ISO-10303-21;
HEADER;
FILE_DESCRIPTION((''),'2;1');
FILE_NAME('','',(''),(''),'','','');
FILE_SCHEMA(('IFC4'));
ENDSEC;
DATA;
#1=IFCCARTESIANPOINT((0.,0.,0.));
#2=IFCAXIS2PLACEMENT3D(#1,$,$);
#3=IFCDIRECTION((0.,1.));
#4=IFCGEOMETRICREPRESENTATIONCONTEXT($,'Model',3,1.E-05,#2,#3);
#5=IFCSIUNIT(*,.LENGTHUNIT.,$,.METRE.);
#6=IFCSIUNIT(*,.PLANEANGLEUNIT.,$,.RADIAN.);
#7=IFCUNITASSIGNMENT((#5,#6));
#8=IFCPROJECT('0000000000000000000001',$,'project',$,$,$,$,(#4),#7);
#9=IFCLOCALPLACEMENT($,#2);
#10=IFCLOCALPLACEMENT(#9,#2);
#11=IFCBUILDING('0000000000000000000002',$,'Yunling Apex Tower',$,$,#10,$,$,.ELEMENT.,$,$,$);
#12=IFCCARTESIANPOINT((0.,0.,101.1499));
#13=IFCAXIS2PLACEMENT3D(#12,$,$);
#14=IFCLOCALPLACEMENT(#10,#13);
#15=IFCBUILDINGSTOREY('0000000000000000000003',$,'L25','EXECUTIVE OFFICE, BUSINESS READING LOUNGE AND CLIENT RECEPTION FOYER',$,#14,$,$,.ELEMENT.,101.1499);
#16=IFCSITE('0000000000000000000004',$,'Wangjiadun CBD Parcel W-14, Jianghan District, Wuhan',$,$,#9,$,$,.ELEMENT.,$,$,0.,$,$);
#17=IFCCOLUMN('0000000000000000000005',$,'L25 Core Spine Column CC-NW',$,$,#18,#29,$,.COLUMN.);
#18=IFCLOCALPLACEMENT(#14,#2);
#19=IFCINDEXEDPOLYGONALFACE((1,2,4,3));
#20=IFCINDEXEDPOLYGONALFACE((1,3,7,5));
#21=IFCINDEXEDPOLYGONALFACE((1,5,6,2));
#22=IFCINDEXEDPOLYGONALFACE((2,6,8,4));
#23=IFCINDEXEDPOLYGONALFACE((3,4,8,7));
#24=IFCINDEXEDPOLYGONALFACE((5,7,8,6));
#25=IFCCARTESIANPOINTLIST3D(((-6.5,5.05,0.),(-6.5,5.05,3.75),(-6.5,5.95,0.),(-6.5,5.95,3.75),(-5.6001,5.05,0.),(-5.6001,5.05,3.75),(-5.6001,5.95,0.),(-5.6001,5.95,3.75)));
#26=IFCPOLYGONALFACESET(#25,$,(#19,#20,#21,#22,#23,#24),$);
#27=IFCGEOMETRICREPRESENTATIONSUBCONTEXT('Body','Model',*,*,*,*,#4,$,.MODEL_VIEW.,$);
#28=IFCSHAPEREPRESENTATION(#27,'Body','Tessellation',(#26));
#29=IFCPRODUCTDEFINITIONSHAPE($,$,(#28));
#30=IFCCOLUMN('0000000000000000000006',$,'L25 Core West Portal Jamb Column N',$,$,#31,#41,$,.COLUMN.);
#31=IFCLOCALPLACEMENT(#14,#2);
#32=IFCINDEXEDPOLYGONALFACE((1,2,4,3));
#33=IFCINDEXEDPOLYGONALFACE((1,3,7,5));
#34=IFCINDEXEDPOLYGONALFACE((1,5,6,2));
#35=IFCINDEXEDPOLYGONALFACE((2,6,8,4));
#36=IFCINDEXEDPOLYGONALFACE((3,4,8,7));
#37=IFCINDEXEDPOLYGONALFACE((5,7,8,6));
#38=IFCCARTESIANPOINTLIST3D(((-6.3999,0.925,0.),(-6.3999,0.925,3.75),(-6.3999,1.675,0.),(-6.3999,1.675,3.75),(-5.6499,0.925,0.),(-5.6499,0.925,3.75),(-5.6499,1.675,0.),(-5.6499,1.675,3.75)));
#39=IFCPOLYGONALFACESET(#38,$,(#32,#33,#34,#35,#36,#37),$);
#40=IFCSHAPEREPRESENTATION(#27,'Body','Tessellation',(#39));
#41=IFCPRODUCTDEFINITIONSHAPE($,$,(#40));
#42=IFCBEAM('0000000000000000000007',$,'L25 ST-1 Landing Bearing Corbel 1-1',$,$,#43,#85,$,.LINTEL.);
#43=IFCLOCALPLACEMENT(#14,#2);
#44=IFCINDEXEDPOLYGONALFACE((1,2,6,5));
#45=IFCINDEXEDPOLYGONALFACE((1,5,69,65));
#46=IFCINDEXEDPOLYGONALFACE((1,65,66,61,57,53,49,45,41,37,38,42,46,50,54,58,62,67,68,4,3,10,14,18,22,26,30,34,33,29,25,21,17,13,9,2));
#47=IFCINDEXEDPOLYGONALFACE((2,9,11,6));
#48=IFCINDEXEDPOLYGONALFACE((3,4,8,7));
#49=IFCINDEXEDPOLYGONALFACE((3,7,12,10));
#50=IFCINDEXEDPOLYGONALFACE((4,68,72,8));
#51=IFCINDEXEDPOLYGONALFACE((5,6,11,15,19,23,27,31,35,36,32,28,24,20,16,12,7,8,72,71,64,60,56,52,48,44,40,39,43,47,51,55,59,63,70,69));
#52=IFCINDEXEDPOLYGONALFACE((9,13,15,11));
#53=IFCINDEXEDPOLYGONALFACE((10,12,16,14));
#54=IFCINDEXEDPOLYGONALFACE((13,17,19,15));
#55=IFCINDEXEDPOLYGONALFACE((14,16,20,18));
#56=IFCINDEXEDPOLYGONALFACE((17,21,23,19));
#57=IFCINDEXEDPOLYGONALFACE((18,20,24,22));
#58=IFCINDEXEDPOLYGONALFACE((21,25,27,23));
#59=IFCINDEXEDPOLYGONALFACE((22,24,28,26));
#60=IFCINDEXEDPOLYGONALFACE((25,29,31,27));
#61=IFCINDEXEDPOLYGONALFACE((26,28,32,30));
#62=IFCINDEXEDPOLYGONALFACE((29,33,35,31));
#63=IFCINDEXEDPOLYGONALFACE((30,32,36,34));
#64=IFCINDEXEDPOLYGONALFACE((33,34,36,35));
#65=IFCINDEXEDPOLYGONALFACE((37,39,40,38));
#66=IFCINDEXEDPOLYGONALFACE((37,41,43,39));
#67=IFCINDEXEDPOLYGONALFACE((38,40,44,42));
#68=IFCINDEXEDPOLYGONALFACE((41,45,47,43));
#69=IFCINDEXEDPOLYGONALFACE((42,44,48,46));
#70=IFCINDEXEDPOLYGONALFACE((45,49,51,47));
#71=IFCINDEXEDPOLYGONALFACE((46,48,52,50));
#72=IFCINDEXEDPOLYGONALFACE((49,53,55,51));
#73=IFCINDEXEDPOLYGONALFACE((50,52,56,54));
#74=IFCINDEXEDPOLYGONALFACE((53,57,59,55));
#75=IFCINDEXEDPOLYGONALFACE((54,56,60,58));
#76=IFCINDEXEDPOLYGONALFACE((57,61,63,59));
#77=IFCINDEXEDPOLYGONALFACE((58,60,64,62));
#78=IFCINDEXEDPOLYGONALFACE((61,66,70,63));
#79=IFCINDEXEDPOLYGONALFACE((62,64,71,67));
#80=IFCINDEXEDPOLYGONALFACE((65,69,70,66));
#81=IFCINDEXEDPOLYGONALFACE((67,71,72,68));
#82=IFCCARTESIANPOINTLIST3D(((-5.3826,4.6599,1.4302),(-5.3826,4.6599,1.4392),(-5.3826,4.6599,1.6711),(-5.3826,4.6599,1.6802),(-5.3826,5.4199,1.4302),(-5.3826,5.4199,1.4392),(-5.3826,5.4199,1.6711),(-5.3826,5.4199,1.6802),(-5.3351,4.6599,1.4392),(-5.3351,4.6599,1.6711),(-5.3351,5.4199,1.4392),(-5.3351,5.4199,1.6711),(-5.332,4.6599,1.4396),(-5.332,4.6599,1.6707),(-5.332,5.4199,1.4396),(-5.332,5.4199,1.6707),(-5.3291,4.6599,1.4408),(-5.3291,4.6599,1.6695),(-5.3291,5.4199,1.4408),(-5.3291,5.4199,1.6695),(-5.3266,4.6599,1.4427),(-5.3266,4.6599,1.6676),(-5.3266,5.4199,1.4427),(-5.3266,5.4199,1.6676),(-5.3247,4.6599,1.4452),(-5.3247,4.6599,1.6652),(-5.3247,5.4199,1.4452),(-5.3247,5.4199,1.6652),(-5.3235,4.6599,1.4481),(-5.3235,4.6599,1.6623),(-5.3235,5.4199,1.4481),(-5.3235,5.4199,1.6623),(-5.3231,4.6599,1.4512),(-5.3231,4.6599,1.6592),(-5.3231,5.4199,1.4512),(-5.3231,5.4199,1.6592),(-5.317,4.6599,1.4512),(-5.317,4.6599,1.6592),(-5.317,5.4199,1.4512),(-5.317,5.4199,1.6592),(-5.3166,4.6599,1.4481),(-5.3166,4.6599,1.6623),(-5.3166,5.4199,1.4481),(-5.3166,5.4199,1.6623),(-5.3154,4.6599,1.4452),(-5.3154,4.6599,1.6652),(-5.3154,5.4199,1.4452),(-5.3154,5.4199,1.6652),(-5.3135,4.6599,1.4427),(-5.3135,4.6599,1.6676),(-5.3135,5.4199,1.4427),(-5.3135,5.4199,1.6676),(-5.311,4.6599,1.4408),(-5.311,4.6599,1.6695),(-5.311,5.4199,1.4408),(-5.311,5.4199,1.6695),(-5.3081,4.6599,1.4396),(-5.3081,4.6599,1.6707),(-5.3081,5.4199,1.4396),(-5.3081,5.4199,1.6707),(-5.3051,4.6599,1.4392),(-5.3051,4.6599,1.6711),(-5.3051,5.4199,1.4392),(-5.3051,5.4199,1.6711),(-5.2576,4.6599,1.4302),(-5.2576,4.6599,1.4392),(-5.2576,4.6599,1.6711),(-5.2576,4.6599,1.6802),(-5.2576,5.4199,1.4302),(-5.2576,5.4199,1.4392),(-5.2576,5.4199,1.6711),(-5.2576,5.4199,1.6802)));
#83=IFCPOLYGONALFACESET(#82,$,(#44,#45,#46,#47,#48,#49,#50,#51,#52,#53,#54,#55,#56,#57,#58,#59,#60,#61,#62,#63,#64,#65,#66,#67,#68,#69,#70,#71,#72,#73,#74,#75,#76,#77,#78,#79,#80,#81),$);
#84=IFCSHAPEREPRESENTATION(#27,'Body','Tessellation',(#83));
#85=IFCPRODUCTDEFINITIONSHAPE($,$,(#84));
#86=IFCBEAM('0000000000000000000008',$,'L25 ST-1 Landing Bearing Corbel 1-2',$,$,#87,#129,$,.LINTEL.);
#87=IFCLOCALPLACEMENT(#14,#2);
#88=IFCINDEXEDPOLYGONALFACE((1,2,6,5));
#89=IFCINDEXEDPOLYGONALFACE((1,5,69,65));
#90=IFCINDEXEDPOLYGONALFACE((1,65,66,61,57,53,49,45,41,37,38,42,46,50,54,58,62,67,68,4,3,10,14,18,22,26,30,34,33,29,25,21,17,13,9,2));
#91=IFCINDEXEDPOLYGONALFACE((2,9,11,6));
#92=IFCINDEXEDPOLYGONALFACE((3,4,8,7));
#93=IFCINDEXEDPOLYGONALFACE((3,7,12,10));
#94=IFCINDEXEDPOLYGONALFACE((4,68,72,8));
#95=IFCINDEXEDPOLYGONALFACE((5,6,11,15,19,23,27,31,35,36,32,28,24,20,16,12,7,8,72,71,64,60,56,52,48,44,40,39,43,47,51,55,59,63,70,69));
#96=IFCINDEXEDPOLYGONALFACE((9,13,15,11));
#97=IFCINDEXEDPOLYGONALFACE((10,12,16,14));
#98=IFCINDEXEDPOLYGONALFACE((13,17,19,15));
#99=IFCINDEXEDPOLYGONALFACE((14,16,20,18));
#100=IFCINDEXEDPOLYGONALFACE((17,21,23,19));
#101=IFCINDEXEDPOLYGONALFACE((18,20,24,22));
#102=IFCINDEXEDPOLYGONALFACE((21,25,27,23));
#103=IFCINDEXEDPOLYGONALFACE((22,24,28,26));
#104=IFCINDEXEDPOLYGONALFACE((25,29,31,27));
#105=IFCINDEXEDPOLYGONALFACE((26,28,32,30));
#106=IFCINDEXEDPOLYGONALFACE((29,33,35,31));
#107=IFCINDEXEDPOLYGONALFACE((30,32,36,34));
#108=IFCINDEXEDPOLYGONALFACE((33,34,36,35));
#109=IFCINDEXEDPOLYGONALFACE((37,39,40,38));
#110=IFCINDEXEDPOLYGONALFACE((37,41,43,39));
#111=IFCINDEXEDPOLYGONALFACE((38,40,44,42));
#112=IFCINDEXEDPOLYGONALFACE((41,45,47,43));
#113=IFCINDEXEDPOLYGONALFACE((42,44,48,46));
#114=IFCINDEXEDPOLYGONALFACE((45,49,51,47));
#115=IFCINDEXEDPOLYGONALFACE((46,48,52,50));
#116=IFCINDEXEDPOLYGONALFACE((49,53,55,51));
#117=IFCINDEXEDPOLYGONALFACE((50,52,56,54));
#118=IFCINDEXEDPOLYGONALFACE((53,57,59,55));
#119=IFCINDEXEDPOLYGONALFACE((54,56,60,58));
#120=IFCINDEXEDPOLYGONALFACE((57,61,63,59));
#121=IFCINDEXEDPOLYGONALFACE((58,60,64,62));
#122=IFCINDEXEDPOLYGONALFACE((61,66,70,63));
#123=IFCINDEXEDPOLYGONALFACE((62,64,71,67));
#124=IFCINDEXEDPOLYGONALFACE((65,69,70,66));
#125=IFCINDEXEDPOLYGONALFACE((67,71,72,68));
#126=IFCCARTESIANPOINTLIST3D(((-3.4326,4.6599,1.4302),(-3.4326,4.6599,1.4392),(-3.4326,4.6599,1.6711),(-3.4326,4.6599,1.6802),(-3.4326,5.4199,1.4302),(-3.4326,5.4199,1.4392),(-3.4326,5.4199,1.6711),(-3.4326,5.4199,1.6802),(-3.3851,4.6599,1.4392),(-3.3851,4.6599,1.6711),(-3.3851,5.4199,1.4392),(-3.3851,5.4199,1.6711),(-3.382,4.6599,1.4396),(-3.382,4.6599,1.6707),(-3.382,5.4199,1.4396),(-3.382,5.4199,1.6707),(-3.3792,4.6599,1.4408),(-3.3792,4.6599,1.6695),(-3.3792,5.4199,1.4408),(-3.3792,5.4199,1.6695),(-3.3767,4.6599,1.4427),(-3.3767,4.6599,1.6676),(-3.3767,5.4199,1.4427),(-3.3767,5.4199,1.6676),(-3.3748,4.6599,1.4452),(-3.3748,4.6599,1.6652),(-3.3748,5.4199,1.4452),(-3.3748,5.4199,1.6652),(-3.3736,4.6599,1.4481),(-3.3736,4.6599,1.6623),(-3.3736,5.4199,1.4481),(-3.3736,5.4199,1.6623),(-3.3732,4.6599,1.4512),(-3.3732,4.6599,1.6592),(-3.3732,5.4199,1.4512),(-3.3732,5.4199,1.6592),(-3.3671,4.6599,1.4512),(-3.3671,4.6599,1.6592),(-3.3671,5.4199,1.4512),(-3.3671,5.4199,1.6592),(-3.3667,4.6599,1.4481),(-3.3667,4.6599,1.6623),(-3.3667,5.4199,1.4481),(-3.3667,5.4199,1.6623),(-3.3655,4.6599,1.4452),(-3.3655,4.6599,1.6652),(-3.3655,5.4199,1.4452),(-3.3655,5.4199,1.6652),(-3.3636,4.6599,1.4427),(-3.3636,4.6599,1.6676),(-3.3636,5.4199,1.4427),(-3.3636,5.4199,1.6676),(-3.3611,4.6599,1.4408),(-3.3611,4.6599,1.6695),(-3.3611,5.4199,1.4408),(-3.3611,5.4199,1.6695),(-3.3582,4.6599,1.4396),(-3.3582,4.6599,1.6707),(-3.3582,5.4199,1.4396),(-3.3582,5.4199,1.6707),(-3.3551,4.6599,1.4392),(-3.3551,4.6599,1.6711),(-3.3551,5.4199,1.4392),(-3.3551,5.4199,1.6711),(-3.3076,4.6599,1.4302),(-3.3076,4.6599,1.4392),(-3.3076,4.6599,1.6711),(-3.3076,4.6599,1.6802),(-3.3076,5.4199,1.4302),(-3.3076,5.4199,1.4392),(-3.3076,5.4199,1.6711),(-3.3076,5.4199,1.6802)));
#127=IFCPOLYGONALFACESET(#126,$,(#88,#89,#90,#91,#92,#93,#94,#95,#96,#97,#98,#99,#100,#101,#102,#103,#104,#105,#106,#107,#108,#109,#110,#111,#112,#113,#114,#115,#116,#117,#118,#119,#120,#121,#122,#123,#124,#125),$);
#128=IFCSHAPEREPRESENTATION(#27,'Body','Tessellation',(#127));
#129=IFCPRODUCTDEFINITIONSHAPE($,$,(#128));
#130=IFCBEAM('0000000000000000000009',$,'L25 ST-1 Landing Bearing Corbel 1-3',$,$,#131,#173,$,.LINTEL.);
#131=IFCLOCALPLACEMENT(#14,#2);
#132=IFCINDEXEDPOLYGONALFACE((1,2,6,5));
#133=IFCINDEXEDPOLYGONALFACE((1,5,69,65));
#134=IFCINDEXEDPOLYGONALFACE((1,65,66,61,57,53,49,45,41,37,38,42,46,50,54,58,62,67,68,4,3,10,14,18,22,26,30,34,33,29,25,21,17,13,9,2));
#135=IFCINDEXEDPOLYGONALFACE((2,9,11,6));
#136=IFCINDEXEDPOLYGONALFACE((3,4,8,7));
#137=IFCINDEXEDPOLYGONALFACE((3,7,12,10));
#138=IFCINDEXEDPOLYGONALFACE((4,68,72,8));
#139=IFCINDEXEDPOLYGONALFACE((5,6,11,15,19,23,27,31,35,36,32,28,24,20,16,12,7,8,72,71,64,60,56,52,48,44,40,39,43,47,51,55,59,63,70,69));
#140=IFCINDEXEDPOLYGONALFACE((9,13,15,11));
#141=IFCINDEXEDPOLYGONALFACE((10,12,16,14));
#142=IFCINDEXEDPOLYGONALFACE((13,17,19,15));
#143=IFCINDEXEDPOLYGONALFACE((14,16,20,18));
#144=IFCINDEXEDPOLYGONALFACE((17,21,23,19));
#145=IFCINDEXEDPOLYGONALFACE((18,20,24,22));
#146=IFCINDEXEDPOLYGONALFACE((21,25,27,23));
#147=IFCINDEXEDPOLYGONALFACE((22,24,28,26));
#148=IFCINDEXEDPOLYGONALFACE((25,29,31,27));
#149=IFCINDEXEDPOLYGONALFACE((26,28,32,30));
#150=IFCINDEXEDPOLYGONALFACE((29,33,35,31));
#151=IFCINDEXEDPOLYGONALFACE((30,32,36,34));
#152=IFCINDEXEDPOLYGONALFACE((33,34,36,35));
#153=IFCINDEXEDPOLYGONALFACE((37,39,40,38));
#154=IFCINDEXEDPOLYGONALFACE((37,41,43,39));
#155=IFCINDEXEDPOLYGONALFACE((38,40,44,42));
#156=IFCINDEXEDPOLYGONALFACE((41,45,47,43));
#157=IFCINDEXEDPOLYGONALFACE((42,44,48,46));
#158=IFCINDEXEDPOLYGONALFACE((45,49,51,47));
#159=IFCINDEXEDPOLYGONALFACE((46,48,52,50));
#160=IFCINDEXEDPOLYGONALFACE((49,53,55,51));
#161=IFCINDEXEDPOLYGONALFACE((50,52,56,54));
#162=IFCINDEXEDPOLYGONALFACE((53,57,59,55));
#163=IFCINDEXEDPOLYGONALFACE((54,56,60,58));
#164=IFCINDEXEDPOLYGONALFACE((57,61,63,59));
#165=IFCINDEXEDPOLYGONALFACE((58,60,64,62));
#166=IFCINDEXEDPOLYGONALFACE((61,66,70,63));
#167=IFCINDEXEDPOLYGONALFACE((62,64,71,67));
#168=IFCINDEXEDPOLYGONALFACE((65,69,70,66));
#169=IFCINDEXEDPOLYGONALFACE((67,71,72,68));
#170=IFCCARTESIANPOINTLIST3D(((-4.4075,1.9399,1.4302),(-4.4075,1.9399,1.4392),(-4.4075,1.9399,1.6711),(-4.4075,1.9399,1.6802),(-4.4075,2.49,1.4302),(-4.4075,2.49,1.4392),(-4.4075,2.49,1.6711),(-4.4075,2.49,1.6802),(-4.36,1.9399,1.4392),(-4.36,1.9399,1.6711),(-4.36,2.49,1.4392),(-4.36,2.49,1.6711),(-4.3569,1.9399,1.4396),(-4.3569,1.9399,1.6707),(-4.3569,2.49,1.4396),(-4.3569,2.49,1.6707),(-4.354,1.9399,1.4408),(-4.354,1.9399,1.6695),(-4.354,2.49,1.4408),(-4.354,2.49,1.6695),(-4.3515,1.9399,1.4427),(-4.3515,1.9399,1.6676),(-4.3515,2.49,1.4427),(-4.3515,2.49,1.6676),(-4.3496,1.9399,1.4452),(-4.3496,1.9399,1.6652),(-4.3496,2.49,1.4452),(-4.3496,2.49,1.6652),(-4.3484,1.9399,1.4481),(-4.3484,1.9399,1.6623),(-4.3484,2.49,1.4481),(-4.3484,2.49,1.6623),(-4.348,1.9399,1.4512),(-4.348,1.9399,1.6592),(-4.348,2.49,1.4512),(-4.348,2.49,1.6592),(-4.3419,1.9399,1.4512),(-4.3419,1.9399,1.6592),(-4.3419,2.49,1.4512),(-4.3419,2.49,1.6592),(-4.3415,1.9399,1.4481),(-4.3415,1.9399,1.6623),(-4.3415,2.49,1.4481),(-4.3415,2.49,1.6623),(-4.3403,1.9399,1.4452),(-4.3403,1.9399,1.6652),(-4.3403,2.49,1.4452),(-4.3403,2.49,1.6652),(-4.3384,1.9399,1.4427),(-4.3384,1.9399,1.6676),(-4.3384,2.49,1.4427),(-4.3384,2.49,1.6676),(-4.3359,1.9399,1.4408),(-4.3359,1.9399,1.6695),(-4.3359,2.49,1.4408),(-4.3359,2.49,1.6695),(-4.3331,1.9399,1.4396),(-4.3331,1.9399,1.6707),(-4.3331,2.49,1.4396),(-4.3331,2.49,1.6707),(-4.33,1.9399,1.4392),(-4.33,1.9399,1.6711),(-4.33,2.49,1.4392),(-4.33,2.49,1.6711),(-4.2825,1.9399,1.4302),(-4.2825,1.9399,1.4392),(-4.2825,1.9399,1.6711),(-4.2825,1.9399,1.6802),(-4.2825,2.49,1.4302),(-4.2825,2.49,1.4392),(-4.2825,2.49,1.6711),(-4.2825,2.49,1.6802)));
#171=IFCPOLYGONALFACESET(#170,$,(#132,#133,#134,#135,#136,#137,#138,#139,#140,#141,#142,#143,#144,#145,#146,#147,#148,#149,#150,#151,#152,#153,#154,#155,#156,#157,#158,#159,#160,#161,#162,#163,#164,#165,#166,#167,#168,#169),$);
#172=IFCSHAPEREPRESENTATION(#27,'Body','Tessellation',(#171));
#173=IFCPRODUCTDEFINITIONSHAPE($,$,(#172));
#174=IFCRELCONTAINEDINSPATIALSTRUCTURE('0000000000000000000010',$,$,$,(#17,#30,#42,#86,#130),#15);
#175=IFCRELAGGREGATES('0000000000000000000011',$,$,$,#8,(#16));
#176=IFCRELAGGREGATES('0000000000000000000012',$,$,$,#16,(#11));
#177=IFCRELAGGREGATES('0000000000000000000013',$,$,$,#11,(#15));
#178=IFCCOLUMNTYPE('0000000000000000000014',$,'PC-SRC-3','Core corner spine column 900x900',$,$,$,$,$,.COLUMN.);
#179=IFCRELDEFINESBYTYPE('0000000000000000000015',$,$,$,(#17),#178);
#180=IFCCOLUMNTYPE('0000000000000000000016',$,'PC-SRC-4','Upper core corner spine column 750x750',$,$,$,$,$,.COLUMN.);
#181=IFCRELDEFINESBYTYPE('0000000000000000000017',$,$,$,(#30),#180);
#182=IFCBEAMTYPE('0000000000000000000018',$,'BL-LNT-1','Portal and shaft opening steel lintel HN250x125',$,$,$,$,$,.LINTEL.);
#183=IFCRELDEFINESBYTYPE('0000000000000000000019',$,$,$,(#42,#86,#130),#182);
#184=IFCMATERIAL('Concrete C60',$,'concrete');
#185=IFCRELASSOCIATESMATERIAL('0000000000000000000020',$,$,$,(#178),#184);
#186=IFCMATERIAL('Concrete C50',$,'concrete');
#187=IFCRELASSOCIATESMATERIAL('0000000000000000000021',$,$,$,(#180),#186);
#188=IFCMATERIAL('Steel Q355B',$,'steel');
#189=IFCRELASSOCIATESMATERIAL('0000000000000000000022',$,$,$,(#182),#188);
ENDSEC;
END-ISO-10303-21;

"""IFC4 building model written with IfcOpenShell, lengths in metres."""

from ifc_helpers import new_model, si_unit, direction, frame, origin, origin_2d, place, context, subcontext, project, spatial, rectangle, i_section, extrude, source, transform, mapped, material, material_profile, profile_set, type_object, element, save


model = new_model("IFC4")

# Units and contexts
model_context = context("Model", 3, precision=1e-05, world=origin(), true_north=direction((0.0, 1.0)))
body_context = subcontext(model_context, "Body", "Model", "MODEL_VIEW")
ifc_project = project(units=[si_unit("LENGTHUNIT", "METRE"), si_unit("PLANEANGLEUNIT", "RADIAN")], contexts=[model_context])

# Site, building, storey
site_placement = place(None, origin())
site = spatial("IfcSite", under=ifc_project, at=site_placement, Name="Wangjiadun CBD Parcel W-14, Jianghan District, Wuhan", CompositionType="ELEMENT", RefElevation=0.0)
building_placement = place(site_placement, origin())
building = spatial("IfcBuilding", under=site, at=building_placement, Name="Yunling Apex Tower", CompositionType="ELEMENT")
storey_placement = place(building_placement, frame((0.0, 0.0, 101.1499)))
storey = spatial("IfcBuildingStorey", under=building, at=storey_placement, Name="L25", Description="EXECUTIVE OFFICE, BUSINESS READING LOUNGE AND CLIENT RECEPTION FOYER", CompositionType="ELEMENT", Elevation=101.1499)

# Columns
ifc_material_1 = material(Name="Concrete C60", Category="concrete")
ifc_material_profile_1 = material_profile(ifc_material_1, rectangle(XDim=0.8999, YDim=0.8999, at=origin_2d()))
ifc_profile_set_1 = profile_set([ifc_material_profile_1], Name="Concrete C60")
column_type_1 = type_object("IfcColumnType", Name="PC-SRC-3", Description="Core corner spine column 900x900", PredefinedType="COLUMN", material=ifc_profile_set_1)
shared_shape_1 = source(origin(), body_context, "Body", "SweptSolid", [
    extrude(rectangle(XDim=0.8999, YDim=0.8999, at=origin_2d()), origin(), (0.0, 0.0, 1.0), 3.75),
])
column_1_placement = place(storey_placement, frame((-6.05, 5.5, 0.0), z_axis=(0.0, 0.0, 1.0), x_axis=(1.0, 0.0, 0.0)))
element("IfcColumn", 1, at=column_1_placement, inside=storey, type_object=column_type_1, Name="L25 Core Spine Column CC-NW", PredefinedType="COLUMN", context=body_context, shape_type="MappedRepresentation", body=[
    mapped(shared_shape_1, transform((0.0, 0.0, 0.0), scale=1.0)),
])
ifc_material_2 = material(Name="Concrete C50", Category="concrete")
ifc_material_profile_2 = material_profile(ifc_material_2, rectangle(XDim=0.75, YDim=0.75, at=origin_2d()))
ifc_profile_set_2 = profile_set([ifc_material_profile_2], Name="Concrete C50")
column_type_2 = type_object("IfcColumnType", Name="PC-SRC-4", Description="Upper core corner spine column 750x750", PredefinedType="COLUMN", material=ifc_profile_set_2)
shared_shape_2 = source(origin(), body_context, "Body", "SweptSolid", [
    extrude(rectangle(XDim=0.75, YDim=0.75, at=origin_2d()), origin(), (0.0, 0.0, 1.0), 3.75),
])
column_2_placement = place(storey_placement, frame((-6.0249, 1.3, 0.0), z_axis=(0.0, 0.0, 1.0), x_axis=(1.0, 0.0, 0.0)))
element("IfcColumn", 2, at=column_2_placement, inside=storey, type_object=column_type_2, Name="L25 Core West Portal Jamb Column N", PredefinedType="COLUMN", context=body_context, shape_type="MappedRepresentation", body=[
    mapped(shared_shape_2, transform((0.0, 0.0, 0.0), scale=1.0)),
])

# Beams
ifc_material_3 = material(Name="Steel Q355B", Category="steel")
ifc_material_profile_3 = material_profile(ifc_material_3, i_section(OverallWidth=0.125, OverallDepth=0.25, WebThickness=0.0061, FlangeThickness=0.009, FilletRadius=0.012, at=origin_2d()))
ifc_profile_set_3 = profile_set([ifc_material_profile_3], Name="Steel Q355B")
beam_type_1 = type_object("IfcBeamType", Name="BL-LNT-1", Description="Portal and shaft opening steel lintel HN250x125", PredefinedType="LINTEL", material=ifc_profile_set_3)
shared_shape_3 = source(origin(), body_context, "Body", "SweptSolid", [
    extrude(i_section(OverallWidth=0.125, OverallDepth=0.25, WebThickness=0.0061, FlangeThickness=0.009, FilletRadius=0.012, at=origin_2d()), origin(), (0.0, 0.0, 1.0), 0.76),
])
for number, where, z_axis, x_axis, name in (
    (3, (-5.3201, 5.4199, 1.5552), (0.0, -1.0, 0.0), (1.0, 0.0, 0.0), "L25 ST-1 Landing Bearing Corbel 1-1"),
    (4, (-3.3701, 5.4199, 1.5552), (0.0, -1.0, 0.0), (1.0, 0.0, 0.0), "L25 ST-1 Landing Bearing Corbel 1-2"),
):
    element("IfcBeam", number, at=place(storey_placement, frame(where, z_axis=z_axis, x_axis=x_axis)), inside=storey, type_object=beam_type_1, Name=name, PredefinedType="LINTEL", context=body_context, shape_type="MappedRepresentation", body=[
        mapped(shared_shape_3, transform((0.0, 0.0, 0.0), scale=1.0)),
    ])
shared_shape_4 = source(origin(), body_context, "Body", "SweptSolid", [
    extrude(i_section(OverallWidth=0.125, OverallDepth=0.25, WebThickness=0.0061, FlangeThickness=0.009, FilletRadius=0.012, at=origin_2d()), origin(), (0.0, 0.0, 1.0), 0.55),
])
beam_1_placement = place(storey_placement, frame((-4.345, 1.9399, 1.5552), z_axis=(0.0, 1.0, 0.0), x_axis=(-1.0, 0.0, 0.0)))
element("IfcBeam", 5, at=beam_1_placement, inside=storey, type_object=beam_type_1, Name="L25 ST-1 Landing Bearing Corbel 1-3", PredefinedType="LINTEL", context=body_context, shape_type="MappedRepresentation", body=[
    mapped(shared_shape_4, transform((0.0, 0.0, 0.0), scale=1.0)),
])

save(model, "model.ifc")
